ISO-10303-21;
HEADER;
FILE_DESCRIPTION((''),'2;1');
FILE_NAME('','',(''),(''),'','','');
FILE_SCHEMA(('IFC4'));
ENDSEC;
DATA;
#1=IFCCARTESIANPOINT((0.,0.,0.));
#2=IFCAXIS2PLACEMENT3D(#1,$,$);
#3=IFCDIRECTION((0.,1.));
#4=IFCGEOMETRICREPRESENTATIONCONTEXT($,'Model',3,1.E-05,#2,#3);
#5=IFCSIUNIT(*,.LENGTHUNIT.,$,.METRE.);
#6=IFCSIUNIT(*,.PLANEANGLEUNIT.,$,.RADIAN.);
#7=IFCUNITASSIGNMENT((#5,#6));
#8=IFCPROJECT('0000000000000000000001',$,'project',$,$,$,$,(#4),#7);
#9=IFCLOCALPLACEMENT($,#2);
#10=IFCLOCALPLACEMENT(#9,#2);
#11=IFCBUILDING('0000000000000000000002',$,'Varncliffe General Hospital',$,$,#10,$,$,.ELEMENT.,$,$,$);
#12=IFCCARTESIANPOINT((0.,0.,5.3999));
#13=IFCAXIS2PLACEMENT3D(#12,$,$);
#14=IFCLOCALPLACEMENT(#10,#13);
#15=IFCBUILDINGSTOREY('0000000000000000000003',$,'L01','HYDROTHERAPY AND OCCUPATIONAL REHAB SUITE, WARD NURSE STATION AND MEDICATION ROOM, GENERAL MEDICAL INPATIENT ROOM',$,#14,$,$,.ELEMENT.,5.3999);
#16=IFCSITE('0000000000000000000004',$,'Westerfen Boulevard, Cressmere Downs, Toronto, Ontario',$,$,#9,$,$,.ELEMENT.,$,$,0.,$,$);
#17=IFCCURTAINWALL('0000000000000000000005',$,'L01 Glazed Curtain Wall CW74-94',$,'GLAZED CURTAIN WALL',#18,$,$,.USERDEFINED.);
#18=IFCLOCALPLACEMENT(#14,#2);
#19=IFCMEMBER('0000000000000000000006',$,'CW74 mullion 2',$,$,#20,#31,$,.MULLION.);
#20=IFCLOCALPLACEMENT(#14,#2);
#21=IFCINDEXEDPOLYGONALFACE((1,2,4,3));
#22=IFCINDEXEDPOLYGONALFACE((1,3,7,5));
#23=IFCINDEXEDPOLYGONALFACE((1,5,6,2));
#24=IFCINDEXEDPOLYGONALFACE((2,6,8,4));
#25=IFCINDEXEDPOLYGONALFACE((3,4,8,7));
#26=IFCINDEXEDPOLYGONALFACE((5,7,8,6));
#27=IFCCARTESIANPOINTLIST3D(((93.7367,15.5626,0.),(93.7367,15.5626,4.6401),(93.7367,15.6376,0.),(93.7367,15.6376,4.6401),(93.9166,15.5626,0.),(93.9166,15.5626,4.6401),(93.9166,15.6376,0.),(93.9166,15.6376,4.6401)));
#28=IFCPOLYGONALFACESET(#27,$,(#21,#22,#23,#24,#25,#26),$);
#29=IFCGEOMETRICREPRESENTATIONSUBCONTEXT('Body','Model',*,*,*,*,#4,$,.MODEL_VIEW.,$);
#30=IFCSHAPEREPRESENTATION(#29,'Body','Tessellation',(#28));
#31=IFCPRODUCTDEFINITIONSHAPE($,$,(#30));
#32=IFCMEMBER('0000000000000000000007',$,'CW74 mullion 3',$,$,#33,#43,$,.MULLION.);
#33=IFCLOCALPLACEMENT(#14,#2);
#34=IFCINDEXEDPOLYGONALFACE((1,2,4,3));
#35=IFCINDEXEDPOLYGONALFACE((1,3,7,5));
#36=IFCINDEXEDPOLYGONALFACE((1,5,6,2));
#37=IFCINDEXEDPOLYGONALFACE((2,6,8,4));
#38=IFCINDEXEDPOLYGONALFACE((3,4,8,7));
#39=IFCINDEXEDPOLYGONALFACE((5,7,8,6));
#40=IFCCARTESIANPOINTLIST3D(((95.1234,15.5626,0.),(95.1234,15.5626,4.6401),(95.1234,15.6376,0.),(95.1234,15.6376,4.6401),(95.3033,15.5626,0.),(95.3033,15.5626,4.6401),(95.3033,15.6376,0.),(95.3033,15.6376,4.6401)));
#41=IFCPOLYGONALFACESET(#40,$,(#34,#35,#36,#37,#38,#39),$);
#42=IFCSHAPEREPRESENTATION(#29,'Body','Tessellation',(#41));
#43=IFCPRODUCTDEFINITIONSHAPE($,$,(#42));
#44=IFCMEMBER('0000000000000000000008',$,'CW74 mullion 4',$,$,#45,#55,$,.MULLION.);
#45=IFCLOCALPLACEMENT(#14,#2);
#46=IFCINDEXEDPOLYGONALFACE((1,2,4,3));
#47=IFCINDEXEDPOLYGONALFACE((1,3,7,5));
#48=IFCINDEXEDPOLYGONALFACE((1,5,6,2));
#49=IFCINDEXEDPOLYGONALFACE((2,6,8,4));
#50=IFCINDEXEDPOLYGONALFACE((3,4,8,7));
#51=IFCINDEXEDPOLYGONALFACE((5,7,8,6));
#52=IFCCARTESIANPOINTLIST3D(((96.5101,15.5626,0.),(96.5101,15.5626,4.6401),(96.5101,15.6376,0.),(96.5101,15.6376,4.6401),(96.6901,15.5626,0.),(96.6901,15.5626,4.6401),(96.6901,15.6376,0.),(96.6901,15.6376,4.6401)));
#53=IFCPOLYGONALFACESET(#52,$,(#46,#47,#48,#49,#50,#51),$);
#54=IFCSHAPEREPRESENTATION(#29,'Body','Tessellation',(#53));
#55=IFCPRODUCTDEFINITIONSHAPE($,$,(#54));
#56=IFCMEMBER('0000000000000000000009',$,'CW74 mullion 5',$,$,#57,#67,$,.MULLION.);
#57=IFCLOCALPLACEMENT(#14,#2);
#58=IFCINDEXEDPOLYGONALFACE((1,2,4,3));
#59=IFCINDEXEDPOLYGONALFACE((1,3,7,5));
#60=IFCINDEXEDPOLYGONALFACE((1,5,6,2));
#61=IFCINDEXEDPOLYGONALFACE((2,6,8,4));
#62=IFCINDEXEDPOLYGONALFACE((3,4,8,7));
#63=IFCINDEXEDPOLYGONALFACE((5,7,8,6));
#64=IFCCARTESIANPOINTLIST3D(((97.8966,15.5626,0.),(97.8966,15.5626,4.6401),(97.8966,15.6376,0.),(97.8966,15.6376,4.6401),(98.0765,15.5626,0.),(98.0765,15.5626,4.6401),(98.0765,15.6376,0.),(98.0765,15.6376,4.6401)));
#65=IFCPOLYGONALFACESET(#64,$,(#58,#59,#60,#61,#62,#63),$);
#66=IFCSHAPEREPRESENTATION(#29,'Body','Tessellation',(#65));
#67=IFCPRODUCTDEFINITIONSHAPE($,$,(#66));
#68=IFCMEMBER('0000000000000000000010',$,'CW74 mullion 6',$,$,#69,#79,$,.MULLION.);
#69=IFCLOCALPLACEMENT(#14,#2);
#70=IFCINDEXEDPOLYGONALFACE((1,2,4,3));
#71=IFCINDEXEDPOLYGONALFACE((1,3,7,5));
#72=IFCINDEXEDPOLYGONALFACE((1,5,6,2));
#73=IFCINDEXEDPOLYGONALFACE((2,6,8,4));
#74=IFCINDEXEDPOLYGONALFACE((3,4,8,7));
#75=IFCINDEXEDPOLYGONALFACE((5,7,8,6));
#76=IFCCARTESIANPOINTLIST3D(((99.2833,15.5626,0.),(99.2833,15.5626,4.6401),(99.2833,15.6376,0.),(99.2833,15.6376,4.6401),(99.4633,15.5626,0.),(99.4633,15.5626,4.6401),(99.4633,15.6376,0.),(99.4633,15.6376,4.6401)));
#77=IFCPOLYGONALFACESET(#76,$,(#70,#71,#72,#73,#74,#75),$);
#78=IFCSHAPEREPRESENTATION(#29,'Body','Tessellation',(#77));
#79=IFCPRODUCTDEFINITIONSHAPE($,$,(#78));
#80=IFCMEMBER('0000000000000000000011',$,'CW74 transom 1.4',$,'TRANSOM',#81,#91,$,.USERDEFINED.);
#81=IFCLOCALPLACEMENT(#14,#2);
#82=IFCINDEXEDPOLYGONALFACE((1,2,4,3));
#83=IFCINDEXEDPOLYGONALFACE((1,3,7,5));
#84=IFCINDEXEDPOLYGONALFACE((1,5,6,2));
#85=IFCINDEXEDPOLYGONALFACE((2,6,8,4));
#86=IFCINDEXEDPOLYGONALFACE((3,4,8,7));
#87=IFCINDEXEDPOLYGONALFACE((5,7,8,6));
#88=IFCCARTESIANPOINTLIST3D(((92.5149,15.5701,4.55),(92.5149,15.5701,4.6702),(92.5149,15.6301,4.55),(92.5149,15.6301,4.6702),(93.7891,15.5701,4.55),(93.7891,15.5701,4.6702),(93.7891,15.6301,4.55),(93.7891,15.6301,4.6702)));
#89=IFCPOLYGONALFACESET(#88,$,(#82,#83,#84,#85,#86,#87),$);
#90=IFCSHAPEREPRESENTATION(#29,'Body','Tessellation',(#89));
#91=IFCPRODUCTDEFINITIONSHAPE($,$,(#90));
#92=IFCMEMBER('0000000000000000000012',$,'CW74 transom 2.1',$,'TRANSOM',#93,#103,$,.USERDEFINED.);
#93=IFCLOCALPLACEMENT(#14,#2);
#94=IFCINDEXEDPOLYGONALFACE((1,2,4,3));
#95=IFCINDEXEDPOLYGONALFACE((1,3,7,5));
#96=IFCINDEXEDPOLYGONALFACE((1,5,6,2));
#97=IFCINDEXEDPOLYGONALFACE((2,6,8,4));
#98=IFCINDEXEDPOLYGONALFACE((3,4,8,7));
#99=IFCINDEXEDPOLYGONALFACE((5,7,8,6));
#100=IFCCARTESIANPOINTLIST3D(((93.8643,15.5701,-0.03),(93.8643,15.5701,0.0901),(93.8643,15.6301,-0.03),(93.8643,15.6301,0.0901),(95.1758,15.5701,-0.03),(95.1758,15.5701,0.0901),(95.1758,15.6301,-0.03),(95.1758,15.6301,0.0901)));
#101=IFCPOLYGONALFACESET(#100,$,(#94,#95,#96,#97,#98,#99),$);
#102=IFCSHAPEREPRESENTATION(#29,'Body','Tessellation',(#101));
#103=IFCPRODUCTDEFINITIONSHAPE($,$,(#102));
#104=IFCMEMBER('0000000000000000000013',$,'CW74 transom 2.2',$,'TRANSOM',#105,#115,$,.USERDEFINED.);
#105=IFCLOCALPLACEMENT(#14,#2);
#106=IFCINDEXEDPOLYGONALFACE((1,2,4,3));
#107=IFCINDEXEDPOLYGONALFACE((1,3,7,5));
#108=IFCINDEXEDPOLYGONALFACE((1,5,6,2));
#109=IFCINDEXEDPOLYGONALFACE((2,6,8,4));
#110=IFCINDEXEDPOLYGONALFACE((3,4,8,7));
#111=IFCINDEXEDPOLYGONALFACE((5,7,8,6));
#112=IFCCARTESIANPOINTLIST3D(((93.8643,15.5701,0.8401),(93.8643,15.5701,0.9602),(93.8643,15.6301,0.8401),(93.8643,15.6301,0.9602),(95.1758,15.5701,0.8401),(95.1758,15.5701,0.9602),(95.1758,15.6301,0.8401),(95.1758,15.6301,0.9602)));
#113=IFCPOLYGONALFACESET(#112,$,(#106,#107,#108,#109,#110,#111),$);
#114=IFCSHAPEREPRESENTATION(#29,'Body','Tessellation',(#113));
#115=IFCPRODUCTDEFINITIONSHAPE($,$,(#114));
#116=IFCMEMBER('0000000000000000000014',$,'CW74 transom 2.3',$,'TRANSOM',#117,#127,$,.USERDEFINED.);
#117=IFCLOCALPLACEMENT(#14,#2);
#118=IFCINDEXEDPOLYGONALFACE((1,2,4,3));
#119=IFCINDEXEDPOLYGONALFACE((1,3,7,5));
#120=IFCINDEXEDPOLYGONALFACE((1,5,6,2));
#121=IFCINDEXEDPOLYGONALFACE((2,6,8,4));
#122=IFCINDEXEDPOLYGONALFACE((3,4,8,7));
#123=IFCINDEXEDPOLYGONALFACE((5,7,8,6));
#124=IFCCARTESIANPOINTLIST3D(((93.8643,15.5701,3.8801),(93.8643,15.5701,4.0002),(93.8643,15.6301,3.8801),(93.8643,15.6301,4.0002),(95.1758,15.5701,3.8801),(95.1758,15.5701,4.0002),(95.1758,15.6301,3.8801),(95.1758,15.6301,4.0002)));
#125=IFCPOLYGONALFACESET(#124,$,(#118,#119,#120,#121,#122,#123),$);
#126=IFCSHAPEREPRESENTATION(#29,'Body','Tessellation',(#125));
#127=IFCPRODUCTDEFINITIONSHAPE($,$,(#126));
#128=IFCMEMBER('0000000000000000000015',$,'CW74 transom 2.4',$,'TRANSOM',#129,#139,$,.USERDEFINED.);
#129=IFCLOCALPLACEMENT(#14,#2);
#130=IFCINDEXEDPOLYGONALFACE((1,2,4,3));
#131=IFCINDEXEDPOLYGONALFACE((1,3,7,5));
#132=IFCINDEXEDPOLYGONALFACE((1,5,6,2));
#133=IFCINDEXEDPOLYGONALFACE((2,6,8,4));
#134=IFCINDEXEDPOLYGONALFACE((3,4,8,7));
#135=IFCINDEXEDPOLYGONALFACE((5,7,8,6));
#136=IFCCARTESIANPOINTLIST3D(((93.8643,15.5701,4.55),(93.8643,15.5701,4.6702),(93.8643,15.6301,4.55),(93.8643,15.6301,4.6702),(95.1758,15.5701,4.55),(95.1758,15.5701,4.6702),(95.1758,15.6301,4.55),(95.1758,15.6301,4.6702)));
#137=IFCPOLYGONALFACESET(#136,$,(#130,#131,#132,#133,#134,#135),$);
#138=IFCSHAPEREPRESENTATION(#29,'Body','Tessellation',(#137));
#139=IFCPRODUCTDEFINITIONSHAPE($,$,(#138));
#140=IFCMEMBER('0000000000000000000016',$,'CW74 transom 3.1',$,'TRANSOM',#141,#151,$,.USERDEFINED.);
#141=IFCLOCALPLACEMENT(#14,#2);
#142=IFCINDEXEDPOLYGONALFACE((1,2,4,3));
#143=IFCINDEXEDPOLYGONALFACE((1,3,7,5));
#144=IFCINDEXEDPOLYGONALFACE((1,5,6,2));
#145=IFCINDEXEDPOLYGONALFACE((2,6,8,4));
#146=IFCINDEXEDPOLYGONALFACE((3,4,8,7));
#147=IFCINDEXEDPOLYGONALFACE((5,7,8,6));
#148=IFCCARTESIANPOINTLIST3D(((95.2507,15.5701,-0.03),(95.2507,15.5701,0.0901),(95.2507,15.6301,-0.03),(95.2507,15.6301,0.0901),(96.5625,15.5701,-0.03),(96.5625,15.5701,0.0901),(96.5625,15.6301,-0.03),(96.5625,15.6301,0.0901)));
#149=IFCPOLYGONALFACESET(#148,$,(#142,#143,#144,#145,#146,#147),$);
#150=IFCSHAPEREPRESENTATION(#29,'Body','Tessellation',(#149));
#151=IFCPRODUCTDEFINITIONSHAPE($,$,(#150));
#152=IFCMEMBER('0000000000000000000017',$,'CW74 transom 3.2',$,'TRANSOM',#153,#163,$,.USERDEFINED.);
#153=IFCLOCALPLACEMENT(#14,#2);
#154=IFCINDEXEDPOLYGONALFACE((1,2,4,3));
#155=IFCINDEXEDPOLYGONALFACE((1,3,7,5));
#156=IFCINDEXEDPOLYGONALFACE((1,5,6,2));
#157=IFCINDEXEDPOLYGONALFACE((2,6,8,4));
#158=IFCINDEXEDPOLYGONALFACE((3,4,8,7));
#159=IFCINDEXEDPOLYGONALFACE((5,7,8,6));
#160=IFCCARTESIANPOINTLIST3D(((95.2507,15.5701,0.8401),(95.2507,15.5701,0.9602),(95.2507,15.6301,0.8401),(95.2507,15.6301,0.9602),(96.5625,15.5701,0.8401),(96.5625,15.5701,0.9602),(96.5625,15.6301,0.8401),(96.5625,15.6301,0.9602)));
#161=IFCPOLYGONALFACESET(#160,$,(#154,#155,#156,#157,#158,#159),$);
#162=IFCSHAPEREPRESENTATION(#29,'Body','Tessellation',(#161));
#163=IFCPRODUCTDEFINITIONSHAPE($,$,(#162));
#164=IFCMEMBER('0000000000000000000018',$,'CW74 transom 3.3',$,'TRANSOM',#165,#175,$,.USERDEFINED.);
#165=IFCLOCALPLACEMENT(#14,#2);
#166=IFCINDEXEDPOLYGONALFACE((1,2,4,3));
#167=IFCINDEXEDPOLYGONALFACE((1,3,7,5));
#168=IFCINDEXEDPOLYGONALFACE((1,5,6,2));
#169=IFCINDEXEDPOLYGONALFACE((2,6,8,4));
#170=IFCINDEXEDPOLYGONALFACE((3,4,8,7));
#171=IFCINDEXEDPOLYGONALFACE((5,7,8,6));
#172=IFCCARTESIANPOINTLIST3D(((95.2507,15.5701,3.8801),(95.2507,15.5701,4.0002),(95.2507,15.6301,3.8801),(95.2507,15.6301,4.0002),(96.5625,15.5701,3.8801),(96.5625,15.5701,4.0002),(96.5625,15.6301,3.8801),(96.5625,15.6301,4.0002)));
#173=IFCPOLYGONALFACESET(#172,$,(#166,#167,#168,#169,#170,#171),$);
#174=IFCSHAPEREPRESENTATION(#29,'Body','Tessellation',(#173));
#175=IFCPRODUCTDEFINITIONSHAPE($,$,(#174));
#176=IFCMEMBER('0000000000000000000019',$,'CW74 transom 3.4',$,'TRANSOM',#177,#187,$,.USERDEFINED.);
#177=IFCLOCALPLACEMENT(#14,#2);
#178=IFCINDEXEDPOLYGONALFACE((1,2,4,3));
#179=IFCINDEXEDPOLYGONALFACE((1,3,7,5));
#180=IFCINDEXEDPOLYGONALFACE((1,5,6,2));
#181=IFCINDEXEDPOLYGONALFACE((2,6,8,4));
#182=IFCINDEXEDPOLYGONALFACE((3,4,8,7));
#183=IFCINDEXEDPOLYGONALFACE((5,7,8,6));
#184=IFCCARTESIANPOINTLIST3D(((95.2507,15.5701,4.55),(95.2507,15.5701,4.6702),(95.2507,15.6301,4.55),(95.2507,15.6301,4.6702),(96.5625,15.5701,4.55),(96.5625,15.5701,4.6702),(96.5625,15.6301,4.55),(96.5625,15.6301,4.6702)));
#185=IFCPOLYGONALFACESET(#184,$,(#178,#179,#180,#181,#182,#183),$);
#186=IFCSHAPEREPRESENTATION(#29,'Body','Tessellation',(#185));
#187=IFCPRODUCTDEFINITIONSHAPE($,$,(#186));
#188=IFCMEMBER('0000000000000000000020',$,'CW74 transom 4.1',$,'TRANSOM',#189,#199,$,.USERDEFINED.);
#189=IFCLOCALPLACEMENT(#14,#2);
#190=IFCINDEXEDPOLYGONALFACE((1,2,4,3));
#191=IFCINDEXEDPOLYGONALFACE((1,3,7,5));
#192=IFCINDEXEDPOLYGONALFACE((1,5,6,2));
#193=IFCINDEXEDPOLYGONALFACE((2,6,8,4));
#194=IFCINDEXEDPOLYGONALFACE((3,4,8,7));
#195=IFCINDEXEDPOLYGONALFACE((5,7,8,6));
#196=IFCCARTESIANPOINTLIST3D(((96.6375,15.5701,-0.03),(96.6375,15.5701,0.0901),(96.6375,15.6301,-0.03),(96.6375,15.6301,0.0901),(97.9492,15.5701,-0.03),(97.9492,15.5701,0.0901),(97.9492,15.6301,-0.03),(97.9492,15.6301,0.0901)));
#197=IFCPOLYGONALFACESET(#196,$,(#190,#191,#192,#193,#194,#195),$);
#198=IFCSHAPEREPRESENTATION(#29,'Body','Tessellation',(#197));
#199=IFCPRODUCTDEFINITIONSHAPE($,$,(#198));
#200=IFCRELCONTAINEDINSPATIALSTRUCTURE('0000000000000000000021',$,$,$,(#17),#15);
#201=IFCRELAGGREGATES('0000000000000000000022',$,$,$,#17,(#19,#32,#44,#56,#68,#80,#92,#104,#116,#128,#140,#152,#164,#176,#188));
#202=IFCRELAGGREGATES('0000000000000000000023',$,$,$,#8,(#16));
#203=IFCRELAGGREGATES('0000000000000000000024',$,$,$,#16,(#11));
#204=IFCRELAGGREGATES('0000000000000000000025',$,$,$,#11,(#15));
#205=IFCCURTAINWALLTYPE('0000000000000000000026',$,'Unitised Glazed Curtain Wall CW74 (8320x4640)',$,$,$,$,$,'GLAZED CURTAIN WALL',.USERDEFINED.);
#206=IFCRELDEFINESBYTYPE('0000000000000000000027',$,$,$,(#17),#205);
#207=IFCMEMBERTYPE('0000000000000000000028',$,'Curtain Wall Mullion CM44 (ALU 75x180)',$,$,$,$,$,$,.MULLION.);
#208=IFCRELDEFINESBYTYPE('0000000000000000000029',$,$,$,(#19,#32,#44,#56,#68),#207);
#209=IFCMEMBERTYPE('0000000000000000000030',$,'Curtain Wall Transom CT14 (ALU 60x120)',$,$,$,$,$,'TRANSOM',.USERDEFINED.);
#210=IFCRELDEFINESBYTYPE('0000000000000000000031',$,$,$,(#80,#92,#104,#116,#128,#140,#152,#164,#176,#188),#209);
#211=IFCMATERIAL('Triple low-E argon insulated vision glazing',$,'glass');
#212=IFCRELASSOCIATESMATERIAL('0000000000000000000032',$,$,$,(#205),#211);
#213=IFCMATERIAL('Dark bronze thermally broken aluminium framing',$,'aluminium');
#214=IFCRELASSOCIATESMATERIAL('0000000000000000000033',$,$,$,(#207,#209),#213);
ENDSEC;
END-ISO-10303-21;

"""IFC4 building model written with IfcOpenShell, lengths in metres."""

from ifc_helpers import new_model, si_unit, direction, frame, origin, origin_2d, place, context, subcontext, project, spatial, rectangle, extrude, material, material_profile, profile_set, type_object, element, aggregate, save


model = new_model("IFC4")

# Units and contexts
model_context = context("Model", 3, precision=1e-05, world=origin(), true_north=direction((0.0, 1.0)))
body_context = subcontext(model_context, "Body", "Model", "MODEL_VIEW")
ifc_project = project(units=[si_unit("LENGTHUNIT", "METRE"), si_unit("PLANEANGLEUNIT", "RADIAN")], contexts=[model_context])

# Site, building, storey
site_placement = place(None, origin())
site = spatial("IfcSite", under=ifc_project, at=site_placement, Name="Westerfen Boulevard, Cressmere Downs, Toronto, Ontario", CompositionType="ELEMENT", RefElevation=0.0)
building_placement = place(site_placement, origin())
building = spatial("IfcBuilding", under=site, at=building_placement, Name="Varncliffe General Hospital", CompositionType="ELEMENT")
storey_placement = place(building_placement, frame((0.0, 0.0, 5.3999)))
storey = spatial("IfcBuildingStorey", under=building, at=storey_placement, Name="L01", Description="HYDROTHERAPY AND OCCUPATIONAL REHAB SUITE, WARD NURSE STATION AND MEDICATION ROOM, GENERAL MEDICAL INPATIENT ROOM", CompositionType="ELEMENT", Elevation=5.3999)

# Curtain wall, members
ifc_material_1 = material(Name="Triple low-E argon insulated vision glazing", Category="glass")
curtain_wall_type = type_object("IfcCurtainWallType", Name="Unitised Glazed Curtain Wall CW74 (8320x4640)", ElementType="GLAZED CURTAIN WALL", PredefinedType="USERDEFINED", material=ifc_material_1)
curtain_wall_placement = place(storey_placement, origin())
curtain_wall = element("IfcCurtainWall", 1, at=curtain_wall_placement, inside=storey, type_object=curtain_wall_type, Name="L01 Glazed Curtain Wall CW74-94", ObjectType="GLAZED CURTAIN WALL", PredefinedType="USERDEFINED")
ifc_material_2 = material(Name="Dark bronze thermally broken aluminium framing", Category="aluminium")
ifc_material_profile_1 = material_profile(ifc_material_2, rectangle(XDim=0.075, YDim=0.1799, at=origin_2d()), Name="ALU 75x180")
ifc_profile_set_1 = profile_set([ifc_material_profile_1], Name="Dark bronze thermally broken aluminium framing")
member_type_1 = type_object("IfcMemberType", Name="Curtain Wall Mullion CM44 (ALU 75x180)", PredefinedType="MULLION", material=ifc_profile_set_1)
member_1_placement = place(storey_placement, frame((93.8267, 15.6001, 0.0), z_axis=(0.0, 0.0, 1.0), x_axis=(0.0, 1.0, 0.0)))
member_1 = element("IfcMember", 2, at=member_1_placement, type_object=member_type_1, Name="CW74 mullion 2", PredefinedType="MULLION", context=body_context, shape_type="SweptSolid", body=[
    extrude(rectangle(XDim=0.075, YDim=0.1799, at=origin_2d()), origin(), (0.0, 0.0, 1.0), 4.6401),
])
member_2_placement = place(storey_placement, frame((95.2134, 15.6001, 0.0), z_axis=(0.0, 0.0, 1.0), x_axis=(0.0, 1.0, 0.0)))
member_2 = element("IfcMember", 3, at=member_2_placement, type_object=member_type_1, Name="CW74 mullion 3", PredefinedType="MULLION", context=body_context, shape_type="SweptSolid", body=[
    extrude(rectangle(XDim=0.075, YDim=0.1799, at=origin_2d()), origin(), (0.0, 0.0, 1.0), 4.6401),
])
member_3_placement = place(storey_placement, frame((96.6001, 15.6001, 0.0), z_axis=(0.0, 0.0, 1.0), x_axis=(0.0, 1.0, 0.0)))
member_3 = element("IfcMember", 4, at=member_3_placement, type_object=member_type_1, Name="CW74 mullion 4", PredefinedType="MULLION", context=body_context, shape_type="SweptSolid", body=[
    extrude(rectangle(XDim=0.075, YDim=0.1799, at=origin_2d()), origin(), (0.0, 0.0, 1.0), 4.6401),
])
member_4_placement = place(storey_placement, frame((97.9866, 15.6001, 0.0), z_axis=(0.0, 0.0, 1.0), x_axis=(0.0, 1.0, 0.0)))
member_4 = element("IfcMember", 5, at=member_4_placement, type_object=member_type_1, Name="CW74 mullion 5", PredefinedType="MULLION", context=body_context, shape_type="SweptSolid", body=[
    extrude(rectangle(XDim=0.075, YDim=0.1799, at=origin_2d()), origin(), (0.0, 0.0, 1.0), 4.6401),
])
member_5_placement = place(storey_placement, frame((99.3733, 15.6001, 0.0), z_axis=(0.0, 0.0, 1.0), x_axis=(0.0, 1.0, 0.0)))
member_5 = element("IfcMember", 6, at=member_5_placement, type_object=member_type_1, Name="CW74 mullion 6", PredefinedType="MULLION", context=body_context, shape_type="SweptSolid", body=[
    extrude(rectangle(XDim=0.075, YDim=0.1799, at=origin_2d()), origin(), (0.0, 0.0, 1.0), 4.6401),
])
ifc_material_profile_2 = material_profile(ifc_material_2, rectangle(XDim=0.0601, YDim=0.1201, at=origin_2d()), Name="ALU 60x120")
ifc_profile_set_2 = profile_set([ifc_material_profile_2], Name="Dark bronze thermally broken aluminium framing")
member_type_2 = type_object("IfcMemberType", Name="Curtain Wall Transom CT14 (ALU 60x120)", ElementType="TRANSOM", PredefinedType="USERDEFINED", material=ifc_profile_set_2)
member_6_placement = place(storey_placement, frame((92.5149, 15.6001, 4.6101), z_axis=(1.0, 0.0, 0.0), x_axis=(0.0, 1.0, 0.0)))
member_6 = element("IfcMember", 7, at=member_6_placement, type_object=member_type_2, Name="CW74 transom 1.4", ObjectType="TRANSOM", PredefinedType="USERDEFINED", context=body_context, shape_type="SweptSolid", body=[
    extrude(rectangle(XDim=0.0601, YDim=0.1201, at=origin_2d()), origin(), (0.0, 0.0, 1.0), 1.2742),
])
member_7_placement = place(storey_placement, frame((93.8643, 15.6001, 0.03), z_axis=(1.0, 0.0, 0.0), x_axis=(0.0, 1.0, 0.0)))
member_7 = element("IfcMember", 8, at=member_7_placement, type_object=member_type_2, Name="CW74 transom 2.1", ObjectType="TRANSOM", PredefinedType="USERDEFINED", context=body_context, shape_type="SweptSolid", body=[
    extrude(rectangle(XDim=0.0601, YDim=0.1201, at=origin_2d()), origin(), (0.0, 0.0, 1.0), 1.3115),
])
member_8_placement = place(storey_placement, frame((93.8643, 15.6001, 0.9001), z_axis=(1.0, 0.0, 0.0), x_axis=(0.0, 1.0, 0.0)))
member_8 = element("IfcMember", 9, at=member_8_placement, type_object=member_type_2, Name="CW74 transom 2.2", ObjectType="TRANSOM", PredefinedType="USERDEFINED", context=body_context, shape_type="SweptSolid", body=[
    extrude(rectangle(XDim=0.0601, YDim=0.1201, at=origin_2d()), origin(), (0.0, 0.0, 1.0), 1.3115),
])
member_9_placement = place(storey_placement, frame((93.8643, 15.6001, 3.9402), z_axis=(1.0, 0.0, 0.0), x_axis=(0.0, 1.0, 0.0)))
member_9 = element("IfcMember", 10, at=member_9_placement, type_object=member_type_2, Name="CW74 transom 2.3", ObjectType="TRANSOM", PredefinedType="USERDEFINED", context=body_context, shape_type="SweptSolid", body=[
    extrude(rectangle(XDim=0.0601, YDim=0.1201, at=origin_2d()), origin(), (0.0, 0.0, 1.0), 1.3115),
])
member_10_placement = place(storey_placement, frame((93.8643, 15.6001, 4.6101), z_axis=(1.0, 0.0, 0.0), x_axis=(0.0, 1.0, 0.0)))
member_10 = element("IfcMember", 11, at=member_10_placement, type_object=member_type_2, Name="CW74 transom 2.4", ObjectType="TRANSOM", PredefinedType="USERDEFINED", context=body_context, shape_type="SweptSolid", body=[
    extrude(rectangle(XDim=0.0601, YDim=0.1201, at=origin_2d()), origin(), (0.0, 0.0, 1.0), 1.3115),
])
member_11_placement = place(storey_placement, frame((95.2507, 15.6001, 0.03), z_axis=(1.0, 0.0, 0.0), x_axis=(0.0, 1.0, 0.0)))
member_11 = element("IfcMember", 12, at=member_11_placement, type_object=member_type_2, Name="CW74 transom 3.1", ObjectType="TRANSOM", PredefinedType="USERDEFINED", context=body_context, shape_type="SweptSolid", body=[
    extrude(rectangle(XDim=0.0601, YDim=0.1201, at=origin_2d()), origin(), (0.0, 0.0, 1.0), 1.3118),
])
member_12_placement = place(storey_placement, frame((95.2507, 15.6001, 0.9001), z_axis=(1.0, 0.0, 0.0), x_axis=(0.0, 1.0, 0.0)))
member_12 = element("IfcMember", 13, at=member_12_placement, type_object=member_type_2, Name="CW74 transom 3.2", ObjectType="TRANSOM", PredefinedType="USERDEFINED", context=body_context, shape_type="SweptSolid", body=[
    extrude(rectangle(XDim=0.0601, YDim=0.1201, at=origin_2d()), origin(), (0.0, 0.0, 1.0), 1.3118),
])
member_13_placement = place(storey_placement, frame((95.2507, 15.6001, 3.9402), z_axis=(1.0, 0.0, 0.0), x_axis=(0.0, 1.0, 0.0)))
member_13 = element("IfcMember", 14, at=member_13_placement, type_object=member_type_2, Name="CW74 transom 3.3", ObjectType="TRANSOM", PredefinedType="USERDEFINED", context=body_context, shape_type="SweptSolid", body=[
    extrude(rectangle(XDim=0.0601, YDim=0.1201, at=origin_2d()), origin(), (0.0, 0.0, 1.0), 1.3118),
])
member_14_placement = place(storey_placement, frame((95.2507, 15.6001, 4.6101), z_axis=(1.0, 0.0, 0.0), x_axis=(0.0, 1.0, 0.0)))
member_14 = element("IfcMember", 15, at=member_14_placement, type_object=member_type_2, Name="CW74 transom 3.4", ObjectType="TRANSOM", PredefinedType="USERDEFINED", context=body_context, shape_type="SweptSolid", body=[
    extrude(rectangle(XDim=0.0601, YDim=0.1201, at=origin_2d()), origin(), (0.0, 0.0, 1.0), 1.3118),
])
member_15_placement = place(storey_placement, frame((96.6375, 15.6001, 0.03), z_axis=(1.0, 0.0, 0.0), x_axis=(0.0, 1.0, 0.0)))
member_15 = element("IfcMember", 16, at=member_15_placement, type_object=member_type_2, Name="CW74 transom 4.1", ObjectType="TRANSOM", PredefinedType="USERDEFINED", context=body_context, shape_type="SweptSolid", body=[
    extrude(rectangle(XDim=0.0601, YDim=0.1201, at=origin_2d()), origin(), (0.0, 0.0, 1.0), 1.3118),
])
aggregate(curtain_wall, [member_1, member_2, member_3, member_4, member_5, member_6, member_7, member_8, member_9, member_10, member_11, member_12, member_13, member_14, member_15])

save(model, "model.ifc")
